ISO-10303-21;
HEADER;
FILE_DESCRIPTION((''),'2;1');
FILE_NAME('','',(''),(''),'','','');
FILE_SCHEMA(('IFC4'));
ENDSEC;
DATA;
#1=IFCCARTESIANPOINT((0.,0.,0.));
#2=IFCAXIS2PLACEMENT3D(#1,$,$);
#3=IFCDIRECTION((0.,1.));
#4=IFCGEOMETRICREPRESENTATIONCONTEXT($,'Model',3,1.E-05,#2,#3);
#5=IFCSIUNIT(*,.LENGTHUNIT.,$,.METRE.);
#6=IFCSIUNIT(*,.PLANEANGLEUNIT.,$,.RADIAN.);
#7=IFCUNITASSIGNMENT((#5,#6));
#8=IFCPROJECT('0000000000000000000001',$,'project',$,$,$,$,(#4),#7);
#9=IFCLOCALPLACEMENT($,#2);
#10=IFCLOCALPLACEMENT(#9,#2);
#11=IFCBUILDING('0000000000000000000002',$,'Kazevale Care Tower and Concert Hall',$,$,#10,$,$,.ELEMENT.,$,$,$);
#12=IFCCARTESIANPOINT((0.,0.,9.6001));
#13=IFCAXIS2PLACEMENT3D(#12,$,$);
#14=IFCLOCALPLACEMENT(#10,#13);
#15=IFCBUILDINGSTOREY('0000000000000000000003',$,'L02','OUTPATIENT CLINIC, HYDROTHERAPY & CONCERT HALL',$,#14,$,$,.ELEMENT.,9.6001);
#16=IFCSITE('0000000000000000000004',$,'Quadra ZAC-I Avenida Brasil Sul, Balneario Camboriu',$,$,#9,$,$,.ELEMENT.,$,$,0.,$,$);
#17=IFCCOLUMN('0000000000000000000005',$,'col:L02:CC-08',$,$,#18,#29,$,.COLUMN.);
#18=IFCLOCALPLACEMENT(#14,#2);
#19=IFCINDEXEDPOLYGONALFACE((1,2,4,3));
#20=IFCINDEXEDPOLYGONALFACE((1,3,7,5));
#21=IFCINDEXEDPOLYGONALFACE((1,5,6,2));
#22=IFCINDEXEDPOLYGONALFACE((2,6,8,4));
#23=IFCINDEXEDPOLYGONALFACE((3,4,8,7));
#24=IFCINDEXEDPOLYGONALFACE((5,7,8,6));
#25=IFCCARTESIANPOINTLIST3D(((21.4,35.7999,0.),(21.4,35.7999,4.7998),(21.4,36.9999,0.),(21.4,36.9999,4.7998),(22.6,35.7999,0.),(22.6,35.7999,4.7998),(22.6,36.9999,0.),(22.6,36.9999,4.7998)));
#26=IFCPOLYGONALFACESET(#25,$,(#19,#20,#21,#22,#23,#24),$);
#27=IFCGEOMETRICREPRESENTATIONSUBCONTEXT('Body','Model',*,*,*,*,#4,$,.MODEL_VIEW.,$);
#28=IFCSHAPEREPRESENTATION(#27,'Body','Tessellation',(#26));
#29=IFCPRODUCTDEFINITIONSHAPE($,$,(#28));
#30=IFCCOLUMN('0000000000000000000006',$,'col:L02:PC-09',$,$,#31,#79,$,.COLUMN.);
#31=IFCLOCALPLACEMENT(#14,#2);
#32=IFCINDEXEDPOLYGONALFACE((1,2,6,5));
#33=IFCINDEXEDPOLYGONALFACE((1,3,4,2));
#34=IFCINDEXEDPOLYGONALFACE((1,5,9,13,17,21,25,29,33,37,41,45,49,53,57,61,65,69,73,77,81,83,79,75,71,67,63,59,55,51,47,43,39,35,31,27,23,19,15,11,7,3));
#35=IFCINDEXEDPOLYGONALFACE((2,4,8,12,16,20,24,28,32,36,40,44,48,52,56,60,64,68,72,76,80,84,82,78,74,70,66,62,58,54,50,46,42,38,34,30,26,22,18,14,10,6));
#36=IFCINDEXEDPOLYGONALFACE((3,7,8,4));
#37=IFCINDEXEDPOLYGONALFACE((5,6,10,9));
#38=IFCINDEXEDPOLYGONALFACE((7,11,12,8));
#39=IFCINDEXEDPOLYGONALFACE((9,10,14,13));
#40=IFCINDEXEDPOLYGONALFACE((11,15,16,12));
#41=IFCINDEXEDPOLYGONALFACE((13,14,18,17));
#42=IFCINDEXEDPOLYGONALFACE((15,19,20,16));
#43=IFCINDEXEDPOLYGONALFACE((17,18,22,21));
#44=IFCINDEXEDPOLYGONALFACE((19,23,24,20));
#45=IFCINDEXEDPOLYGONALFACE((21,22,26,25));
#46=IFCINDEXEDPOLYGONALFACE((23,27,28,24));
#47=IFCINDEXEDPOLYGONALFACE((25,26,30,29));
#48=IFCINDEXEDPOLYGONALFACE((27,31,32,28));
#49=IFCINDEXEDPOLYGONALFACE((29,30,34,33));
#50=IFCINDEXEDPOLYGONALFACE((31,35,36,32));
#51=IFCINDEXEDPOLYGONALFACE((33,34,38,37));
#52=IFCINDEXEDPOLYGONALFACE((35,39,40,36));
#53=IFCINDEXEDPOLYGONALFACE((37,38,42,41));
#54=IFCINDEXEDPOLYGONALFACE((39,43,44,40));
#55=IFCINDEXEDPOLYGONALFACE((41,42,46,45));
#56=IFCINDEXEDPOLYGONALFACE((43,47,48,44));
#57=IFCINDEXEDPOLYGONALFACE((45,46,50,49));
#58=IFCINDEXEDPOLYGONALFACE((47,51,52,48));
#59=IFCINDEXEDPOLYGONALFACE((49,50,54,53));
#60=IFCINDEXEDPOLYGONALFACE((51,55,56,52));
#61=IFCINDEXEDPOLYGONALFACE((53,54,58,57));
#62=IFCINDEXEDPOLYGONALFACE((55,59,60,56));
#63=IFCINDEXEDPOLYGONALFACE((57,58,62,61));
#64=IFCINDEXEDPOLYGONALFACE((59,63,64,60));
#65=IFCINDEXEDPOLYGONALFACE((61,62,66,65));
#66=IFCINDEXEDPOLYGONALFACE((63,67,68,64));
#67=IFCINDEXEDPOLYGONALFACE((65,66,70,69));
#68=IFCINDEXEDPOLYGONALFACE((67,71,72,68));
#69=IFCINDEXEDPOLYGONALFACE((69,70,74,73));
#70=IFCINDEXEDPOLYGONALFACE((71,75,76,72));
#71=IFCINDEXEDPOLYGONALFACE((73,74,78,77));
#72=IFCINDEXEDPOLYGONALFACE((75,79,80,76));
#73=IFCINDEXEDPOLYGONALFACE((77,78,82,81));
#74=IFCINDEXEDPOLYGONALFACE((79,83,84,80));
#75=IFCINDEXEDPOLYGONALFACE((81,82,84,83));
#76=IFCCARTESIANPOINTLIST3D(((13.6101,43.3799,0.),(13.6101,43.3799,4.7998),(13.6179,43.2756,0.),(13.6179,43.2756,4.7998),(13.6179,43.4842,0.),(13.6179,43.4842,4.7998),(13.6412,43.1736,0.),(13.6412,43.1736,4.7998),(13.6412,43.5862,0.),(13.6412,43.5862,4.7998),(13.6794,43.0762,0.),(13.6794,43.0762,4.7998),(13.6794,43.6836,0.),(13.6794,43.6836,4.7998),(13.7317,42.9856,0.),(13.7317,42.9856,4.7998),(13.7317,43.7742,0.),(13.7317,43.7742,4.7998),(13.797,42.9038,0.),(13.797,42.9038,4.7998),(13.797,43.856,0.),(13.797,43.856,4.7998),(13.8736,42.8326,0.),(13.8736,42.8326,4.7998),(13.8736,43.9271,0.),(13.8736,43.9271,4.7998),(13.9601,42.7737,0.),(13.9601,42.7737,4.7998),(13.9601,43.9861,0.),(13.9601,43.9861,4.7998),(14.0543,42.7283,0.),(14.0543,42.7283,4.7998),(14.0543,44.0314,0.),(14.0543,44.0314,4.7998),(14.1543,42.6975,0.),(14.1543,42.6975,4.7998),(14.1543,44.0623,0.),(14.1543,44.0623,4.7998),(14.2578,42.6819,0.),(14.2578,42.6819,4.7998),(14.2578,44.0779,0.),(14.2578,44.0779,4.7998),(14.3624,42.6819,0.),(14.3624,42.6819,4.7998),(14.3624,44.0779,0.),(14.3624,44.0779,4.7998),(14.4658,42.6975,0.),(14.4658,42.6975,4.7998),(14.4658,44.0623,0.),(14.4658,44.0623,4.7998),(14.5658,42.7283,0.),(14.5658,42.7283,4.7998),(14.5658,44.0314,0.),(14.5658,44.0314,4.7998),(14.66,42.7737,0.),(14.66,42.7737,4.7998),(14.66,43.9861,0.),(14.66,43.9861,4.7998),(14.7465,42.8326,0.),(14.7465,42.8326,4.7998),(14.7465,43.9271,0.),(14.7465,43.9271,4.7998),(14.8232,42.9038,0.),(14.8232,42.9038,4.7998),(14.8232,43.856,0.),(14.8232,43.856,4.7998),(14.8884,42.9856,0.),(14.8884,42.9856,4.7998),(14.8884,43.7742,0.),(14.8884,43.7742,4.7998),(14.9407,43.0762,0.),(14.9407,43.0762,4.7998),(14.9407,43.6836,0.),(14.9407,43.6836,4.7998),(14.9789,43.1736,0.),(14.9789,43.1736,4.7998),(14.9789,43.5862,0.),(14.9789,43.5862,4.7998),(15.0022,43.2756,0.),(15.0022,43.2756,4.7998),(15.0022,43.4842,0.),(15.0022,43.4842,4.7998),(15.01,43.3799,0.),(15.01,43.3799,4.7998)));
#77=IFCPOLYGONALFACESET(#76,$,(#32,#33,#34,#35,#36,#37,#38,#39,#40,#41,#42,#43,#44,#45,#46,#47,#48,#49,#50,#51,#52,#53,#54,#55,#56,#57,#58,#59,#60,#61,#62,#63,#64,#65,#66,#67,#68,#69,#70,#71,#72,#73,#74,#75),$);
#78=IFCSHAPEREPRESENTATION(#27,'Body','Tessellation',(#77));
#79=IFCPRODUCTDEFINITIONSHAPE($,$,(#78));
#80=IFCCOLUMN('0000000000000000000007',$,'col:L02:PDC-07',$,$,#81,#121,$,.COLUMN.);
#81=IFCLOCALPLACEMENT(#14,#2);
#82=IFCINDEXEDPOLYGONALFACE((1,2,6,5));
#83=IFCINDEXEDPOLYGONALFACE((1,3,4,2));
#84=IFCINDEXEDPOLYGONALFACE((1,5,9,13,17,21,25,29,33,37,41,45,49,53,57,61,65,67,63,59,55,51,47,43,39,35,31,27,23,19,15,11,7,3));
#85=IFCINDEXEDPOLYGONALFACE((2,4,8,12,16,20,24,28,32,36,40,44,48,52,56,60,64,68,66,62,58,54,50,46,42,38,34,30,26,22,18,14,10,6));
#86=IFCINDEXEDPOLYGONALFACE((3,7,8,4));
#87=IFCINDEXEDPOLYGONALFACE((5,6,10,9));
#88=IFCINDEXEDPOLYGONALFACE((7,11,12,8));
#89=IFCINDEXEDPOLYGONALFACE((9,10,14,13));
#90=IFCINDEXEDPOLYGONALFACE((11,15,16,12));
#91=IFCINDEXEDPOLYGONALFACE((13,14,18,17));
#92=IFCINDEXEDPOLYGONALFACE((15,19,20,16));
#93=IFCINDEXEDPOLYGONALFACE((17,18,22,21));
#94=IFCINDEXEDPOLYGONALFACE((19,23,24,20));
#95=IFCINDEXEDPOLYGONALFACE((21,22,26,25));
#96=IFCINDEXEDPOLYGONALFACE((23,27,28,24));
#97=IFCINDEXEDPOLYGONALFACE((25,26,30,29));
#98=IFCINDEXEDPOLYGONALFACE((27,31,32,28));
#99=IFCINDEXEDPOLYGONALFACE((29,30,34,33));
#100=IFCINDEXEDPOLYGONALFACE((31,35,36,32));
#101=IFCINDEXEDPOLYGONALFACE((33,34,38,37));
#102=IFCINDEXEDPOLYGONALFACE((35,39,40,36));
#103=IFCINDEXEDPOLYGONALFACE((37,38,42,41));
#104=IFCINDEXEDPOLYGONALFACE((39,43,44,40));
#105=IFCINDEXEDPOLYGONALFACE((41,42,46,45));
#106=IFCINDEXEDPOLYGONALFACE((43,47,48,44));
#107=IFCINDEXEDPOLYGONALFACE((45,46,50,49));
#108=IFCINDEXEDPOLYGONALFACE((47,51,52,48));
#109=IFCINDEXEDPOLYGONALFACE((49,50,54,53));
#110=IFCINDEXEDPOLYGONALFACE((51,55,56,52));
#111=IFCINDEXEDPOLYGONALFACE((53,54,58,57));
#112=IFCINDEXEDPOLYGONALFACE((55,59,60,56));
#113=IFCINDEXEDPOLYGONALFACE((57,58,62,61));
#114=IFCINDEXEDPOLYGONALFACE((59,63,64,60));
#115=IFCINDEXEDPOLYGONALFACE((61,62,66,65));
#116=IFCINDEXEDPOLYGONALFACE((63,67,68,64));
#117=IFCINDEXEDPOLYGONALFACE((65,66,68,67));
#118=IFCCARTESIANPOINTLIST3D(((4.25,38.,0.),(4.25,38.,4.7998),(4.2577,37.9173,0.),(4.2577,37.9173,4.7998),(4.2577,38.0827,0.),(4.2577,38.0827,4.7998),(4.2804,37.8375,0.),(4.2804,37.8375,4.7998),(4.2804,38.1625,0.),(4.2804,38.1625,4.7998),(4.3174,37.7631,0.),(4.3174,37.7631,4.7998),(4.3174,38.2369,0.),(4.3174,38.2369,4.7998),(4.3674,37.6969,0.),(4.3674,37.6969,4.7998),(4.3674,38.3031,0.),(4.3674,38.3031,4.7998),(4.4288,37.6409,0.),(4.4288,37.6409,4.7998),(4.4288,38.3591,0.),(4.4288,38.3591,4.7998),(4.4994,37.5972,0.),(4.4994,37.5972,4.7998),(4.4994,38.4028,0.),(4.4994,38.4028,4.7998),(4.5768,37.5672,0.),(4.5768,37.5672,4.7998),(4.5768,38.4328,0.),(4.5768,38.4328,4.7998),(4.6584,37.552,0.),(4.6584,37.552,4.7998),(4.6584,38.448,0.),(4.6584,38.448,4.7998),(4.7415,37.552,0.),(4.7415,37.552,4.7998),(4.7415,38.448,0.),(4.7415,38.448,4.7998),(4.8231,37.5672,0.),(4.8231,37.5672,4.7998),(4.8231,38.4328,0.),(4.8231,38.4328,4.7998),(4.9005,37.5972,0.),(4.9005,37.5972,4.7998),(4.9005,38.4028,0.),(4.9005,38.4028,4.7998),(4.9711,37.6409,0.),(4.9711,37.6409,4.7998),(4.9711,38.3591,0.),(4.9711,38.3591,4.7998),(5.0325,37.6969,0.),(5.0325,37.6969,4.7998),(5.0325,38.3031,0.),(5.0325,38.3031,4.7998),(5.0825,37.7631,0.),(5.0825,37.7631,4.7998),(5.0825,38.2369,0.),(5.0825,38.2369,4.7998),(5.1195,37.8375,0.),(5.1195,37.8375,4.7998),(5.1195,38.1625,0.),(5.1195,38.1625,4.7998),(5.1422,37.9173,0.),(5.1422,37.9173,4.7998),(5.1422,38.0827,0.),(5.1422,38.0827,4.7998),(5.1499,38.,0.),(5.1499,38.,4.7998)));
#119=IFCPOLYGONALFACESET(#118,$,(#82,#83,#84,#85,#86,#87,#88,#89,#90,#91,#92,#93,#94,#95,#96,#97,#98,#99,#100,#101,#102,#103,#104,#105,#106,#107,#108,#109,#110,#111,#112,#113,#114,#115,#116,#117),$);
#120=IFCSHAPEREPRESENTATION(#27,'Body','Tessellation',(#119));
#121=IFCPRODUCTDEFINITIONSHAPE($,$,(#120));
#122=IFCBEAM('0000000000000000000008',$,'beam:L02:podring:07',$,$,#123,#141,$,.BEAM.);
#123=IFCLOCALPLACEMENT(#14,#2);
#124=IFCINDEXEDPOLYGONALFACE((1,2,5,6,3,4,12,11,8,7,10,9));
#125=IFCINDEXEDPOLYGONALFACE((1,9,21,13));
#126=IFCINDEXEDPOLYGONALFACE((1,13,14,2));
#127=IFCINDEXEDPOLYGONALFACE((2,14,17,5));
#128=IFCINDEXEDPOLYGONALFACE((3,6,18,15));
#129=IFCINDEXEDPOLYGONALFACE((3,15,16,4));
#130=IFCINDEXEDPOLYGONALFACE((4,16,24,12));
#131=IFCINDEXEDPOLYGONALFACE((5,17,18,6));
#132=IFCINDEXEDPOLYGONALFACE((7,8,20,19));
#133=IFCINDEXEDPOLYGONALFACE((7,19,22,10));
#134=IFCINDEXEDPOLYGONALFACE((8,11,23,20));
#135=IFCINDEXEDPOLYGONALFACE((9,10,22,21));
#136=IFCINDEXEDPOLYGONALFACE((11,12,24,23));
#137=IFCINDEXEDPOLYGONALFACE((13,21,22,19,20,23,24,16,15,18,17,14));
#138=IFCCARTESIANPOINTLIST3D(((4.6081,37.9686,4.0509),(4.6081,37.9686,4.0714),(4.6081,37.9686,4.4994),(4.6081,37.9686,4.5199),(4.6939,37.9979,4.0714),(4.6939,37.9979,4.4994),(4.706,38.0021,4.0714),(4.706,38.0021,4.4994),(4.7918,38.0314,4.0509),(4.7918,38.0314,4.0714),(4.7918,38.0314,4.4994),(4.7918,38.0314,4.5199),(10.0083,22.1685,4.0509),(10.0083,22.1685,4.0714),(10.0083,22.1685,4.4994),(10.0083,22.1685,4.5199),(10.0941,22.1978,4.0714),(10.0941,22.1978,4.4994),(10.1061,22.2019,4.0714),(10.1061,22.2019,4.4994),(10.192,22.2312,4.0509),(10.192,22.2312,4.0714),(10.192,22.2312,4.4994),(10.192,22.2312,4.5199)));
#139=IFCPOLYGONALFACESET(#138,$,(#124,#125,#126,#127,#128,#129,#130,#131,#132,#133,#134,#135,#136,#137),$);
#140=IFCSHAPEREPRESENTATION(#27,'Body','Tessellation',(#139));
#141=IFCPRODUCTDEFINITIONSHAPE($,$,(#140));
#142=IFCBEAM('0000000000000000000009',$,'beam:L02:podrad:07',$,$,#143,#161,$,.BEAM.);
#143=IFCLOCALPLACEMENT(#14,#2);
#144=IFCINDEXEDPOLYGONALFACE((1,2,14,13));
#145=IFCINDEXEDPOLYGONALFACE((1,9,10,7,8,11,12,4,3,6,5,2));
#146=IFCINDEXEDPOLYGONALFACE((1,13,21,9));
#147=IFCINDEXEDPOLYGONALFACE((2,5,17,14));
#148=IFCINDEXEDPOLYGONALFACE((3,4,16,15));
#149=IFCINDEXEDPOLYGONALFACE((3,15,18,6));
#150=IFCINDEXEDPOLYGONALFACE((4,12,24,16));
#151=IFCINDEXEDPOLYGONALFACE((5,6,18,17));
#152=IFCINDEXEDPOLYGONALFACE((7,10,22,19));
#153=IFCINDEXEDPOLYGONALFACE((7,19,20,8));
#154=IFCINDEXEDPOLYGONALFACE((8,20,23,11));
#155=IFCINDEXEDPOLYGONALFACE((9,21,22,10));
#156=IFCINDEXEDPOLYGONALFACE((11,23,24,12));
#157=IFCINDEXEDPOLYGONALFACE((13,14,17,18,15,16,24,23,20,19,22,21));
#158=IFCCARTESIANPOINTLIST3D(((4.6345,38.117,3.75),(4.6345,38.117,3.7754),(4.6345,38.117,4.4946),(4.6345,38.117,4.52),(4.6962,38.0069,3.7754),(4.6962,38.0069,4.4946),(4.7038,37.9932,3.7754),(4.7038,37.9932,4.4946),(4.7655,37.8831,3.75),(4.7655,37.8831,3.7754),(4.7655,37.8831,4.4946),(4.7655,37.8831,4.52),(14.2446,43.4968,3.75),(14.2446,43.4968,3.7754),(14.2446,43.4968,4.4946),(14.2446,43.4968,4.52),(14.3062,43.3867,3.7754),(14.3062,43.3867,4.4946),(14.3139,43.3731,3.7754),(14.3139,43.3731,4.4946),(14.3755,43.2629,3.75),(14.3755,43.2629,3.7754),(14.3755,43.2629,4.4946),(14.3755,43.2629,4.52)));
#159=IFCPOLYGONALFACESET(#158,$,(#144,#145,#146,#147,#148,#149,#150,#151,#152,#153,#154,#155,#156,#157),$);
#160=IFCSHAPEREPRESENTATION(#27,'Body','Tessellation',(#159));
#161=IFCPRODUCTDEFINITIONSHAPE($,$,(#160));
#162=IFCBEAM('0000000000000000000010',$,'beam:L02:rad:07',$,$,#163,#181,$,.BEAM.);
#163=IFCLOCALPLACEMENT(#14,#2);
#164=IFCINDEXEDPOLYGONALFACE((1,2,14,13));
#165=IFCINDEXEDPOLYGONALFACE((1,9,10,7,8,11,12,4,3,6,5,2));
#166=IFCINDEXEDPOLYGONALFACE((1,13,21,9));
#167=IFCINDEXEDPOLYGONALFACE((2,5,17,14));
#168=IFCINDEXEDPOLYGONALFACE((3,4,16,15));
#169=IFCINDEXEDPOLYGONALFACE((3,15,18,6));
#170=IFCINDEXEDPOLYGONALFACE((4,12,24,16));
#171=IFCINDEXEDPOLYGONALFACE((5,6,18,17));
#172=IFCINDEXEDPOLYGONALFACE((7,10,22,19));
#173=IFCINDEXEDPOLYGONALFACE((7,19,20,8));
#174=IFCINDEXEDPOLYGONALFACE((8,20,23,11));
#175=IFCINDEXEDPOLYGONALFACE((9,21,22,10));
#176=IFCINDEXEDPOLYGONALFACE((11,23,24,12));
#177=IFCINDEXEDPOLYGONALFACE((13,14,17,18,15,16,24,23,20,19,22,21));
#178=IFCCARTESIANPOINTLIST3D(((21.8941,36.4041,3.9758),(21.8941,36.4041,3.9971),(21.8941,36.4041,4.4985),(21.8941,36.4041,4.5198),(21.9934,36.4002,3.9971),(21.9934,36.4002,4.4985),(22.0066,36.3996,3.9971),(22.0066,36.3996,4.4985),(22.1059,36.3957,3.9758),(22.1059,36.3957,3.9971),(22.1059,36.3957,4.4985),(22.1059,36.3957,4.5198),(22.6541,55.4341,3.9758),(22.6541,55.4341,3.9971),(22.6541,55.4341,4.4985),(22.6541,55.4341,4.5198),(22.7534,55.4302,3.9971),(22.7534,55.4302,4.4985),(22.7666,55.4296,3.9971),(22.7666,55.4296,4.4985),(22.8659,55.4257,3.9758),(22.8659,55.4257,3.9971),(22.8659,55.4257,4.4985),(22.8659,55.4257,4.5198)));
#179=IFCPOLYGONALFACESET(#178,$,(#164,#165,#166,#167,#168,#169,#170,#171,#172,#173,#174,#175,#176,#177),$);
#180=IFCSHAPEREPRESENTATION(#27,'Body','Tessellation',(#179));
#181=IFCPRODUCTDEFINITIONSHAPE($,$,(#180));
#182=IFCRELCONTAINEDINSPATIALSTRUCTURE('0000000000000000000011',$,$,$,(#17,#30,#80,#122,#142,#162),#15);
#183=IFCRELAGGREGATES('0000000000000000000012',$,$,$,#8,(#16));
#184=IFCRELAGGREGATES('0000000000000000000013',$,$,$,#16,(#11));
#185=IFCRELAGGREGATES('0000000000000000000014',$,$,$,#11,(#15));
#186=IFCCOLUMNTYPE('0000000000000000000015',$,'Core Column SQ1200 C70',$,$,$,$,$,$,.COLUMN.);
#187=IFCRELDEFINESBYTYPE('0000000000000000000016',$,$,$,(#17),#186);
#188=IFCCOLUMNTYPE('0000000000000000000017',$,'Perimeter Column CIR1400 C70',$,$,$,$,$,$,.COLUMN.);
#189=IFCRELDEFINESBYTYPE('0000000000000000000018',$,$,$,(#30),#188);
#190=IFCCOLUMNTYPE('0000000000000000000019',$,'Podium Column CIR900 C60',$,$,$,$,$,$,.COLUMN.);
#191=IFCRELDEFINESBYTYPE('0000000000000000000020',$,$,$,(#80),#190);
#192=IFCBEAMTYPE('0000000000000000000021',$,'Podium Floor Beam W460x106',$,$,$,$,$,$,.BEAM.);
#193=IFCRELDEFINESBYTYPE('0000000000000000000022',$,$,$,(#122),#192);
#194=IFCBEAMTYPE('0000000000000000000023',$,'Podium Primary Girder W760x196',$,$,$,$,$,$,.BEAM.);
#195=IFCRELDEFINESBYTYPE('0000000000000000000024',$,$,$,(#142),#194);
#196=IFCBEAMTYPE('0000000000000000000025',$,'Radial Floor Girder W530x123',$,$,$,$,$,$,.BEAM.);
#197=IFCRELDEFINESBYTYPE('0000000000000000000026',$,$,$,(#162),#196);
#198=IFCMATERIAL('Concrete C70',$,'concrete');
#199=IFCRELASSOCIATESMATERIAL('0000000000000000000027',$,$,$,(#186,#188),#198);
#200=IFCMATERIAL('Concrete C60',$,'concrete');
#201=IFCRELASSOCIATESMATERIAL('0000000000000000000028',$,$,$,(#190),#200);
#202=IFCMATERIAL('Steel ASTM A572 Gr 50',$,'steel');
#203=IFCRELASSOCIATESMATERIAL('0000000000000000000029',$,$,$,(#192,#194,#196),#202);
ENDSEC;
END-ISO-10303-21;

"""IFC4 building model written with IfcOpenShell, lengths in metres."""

from ifc_helpers import new_model, si_unit, direction, frame, origin, origin_2d, place, context, subcontext, project, spatial, rectangle, circle, i_section, extrude, material, material_profile, profile_set, type_object, element, save


model = new_model("IFC4")

# Units and contexts
model_context = context("Model", 3, precision=1e-05, world=origin(), true_north=direction((0.0, 1.0)))
body_context = subcontext(model_context, "Body", "Model", "MODEL_VIEW")
ifc_project = project(units=[si_unit("LENGTHUNIT", "METRE"), si_unit("PLANEANGLEUNIT", "RADIAN")], contexts=[model_context])

# Site, building, storey
site_placement = place(None, origin())
site = spatial("IfcSite", under=ifc_project, at=site_placement, Name="Quadra ZAC-I Avenida Brasil Sul, Balneario Camboriu", CompositionType="ELEMENT", RefElevation=0.0)
building_placement = place(site_placement, origin())
building = spatial("IfcBuilding", under=site, at=building_placement, Name="Kazevale Care Tower and Concert Hall", CompositionType="ELEMENT")
storey_placement = place(building_placement, frame((0.0, 0.0, 9.6001)))
storey = spatial("IfcBuildingStorey", under=building, at=storey_placement, Name="L02", Description="OUTPATIENT CLINIC, HYDROTHERAPY & CONCERT HALL", CompositionType="ELEMENT", Elevation=9.6001)

# Columns
ifc_material_1 = material(Name="Concrete C70", Category="concrete")
ifc_material_profile_1 = material_profile(ifc_material_1, rectangle(XDim=1.2, YDim=1.2, at=origin_2d()), Name="RC-SQ1200")
ifc_profile_set_1 = profile_set([ifc_material_profile_1], Name="Concrete C70")
column_type_1 = type_object("IfcColumnType", Name="Core Column SQ1200 C70", PredefinedType="COLUMN", material=ifc_profile_set_1)
column_1_placement = place(storey_placement, frame((22.0, 36.3999, 0.0), z_axis=(0.0, 0.0, 1.0), x_axis=(1.0, 0.0, 0.0)))
element("IfcColumn", 1, at=column_1_placement, inside=storey, type_object=column_type_1, Name="col:L02:CC-08", PredefinedType="COLUMN", context=body_context, shape_type="SweptSolid", body=[
    extrude(rectangle(XDim=1.2, YDim=1.2, at=origin_2d()), origin(), (0.0, 0.0, 1.0), 4.7998),
])
ifc_material_profile_2 = material_profile(ifc_material_1, circle(Radius=0.7, at=origin_2d()), Name="RC-CIR1400")
ifc_profile_set_2 = profile_set([ifc_material_profile_2], Name="Concrete C70")
column_type_2 = type_object("IfcColumnType", Name="Perimeter Column CIR1400 C70", PredefinedType="COLUMN", material=ifc_profile_set_2)
column_2_placement = place(storey_placement, frame((14.3101, 43.3799, 0.0), z_axis=(0.0, 0.0, 1.0), x_axis=(1.0, 0.0, 0.0)))
element("IfcColumn", 2, at=column_2_placement, inside=storey, type_object=column_type_2, Name="col:L02:PC-09", PredefinedType="COLUMN", context=body_context, shape_type="SweptSolid", body=[
    extrude(circle(Radius=0.7, at=origin_2d()), origin(), (0.0, 0.0, 1.0), 4.7998),
])
ifc_material_2 = material(Name="Concrete C60", Category="concrete")
ifc_material_profile_3 = material_profile(ifc_material_2, circle(Radius=0.45, at=origin_2d()), Name="RC-CIR900")
ifc_profile_set_3 = profile_set([ifc_material_profile_3], Name="Concrete C60")
column_type_3 = type_object("IfcColumnType", Name="Podium Column CIR900 C60", PredefinedType="COLUMN", material=ifc_profile_set_3)
column_3_placement = place(storey_placement, frame((4.7, 38.0, 0.0), z_axis=(0.0, 0.0, 1.0), x_axis=(1.0, 0.0, 0.0)))
element("IfcColumn", 3, at=column_3_placement, inside=storey, type_object=column_type_3, Name="col:L02:PDC-07", PredefinedType="COLUMN", context=body_context, shape_type="SweptSolid", body=[
    extrude(circle(Radius=0.45, at=origin_2d()), origin(), (0.0, 0.0, 1.0), 4.7998),
])

# Beams
ifc_material_3 = material(Name="Steel ASTM A572 Gr 50", Category="steel")
ifc_material_profile_4 = material_profile(ifc_material_3, i_section(OverallWidth=0.1941, OverallDepth=0.469, WebThickness=0.0127, FlangeThickness=0.0205, at=origin_2d()), Name="W460x106")
ifc_profile_set_4 = profile_set([ifc_material_profile_4], Name="Steel ASTM A572 Gr 50")
beam_type_1 = type_object("IfcBeamType", Name="Podium Floor Beam W460x106", PredefinedType="BEAM", material=ifc_profile_set_4)
beam_1_placement = place(storey_placement, frame((4.7, 38.0, 4.2854), z_axis=(0.323412, -0.946258, 0.0), x_axis=(0.946258, 0.323412, 0.0)))
element("IfcBeam", 4, at=beam_1_placement, inside=storey, type_object=beam_type_1, Name="beam:L02:podring:07", PredefinedType="BEAM", context=body_context, shape_type="SweptSolid", body=[
    extrude(i_section(OverallWidth=0.1941, OverallDepth=0.469, WebThickness=0.0127, FlangeThickness=0.0205, at=origin_2d()), origin(), (0.0, 0.0, 1.0), 16.6975),
])
ifc_material_profile_5 = material_profile(ifc_material_3, i_section(OverallWidth=0.2681, OverallDepth=0.77, WebThickness=0.0156, FlangeThickness=0.0254, at=origin_2d()), Name="W760x196")
ifc_profile_set_5 = profile_set([ifc_material_profile_5], Name="Steel ASTM A572 Gr 50")
beam_type_2 = type_object("IfcBeamType", Name="Podium Primary Girder W760x196", PredefinedType="BEAM", material=ifc_profile_set_5)
beam_2_placement = place(storey_placement, frame((14.3101, 43.3799, 4.135), z_axis=(-0.872575, -0.488481, 0.0), x_axis=(0.488481, -0.872575, 0.0)))
element("IfcBeam", 5, at=beam_2_placement, inside=storey, type_object=beam_type_2, Name="beam:L02:podrad:07", PredefinedType="BEAM", context=body_context, shape_type="SweptSolid", body=[
    extrude(i_section(OverallWidth=0.2681, OverallDepth=0.77, WebThickness=0.0156, FlangeThickness=0.0254, at=origin_2d()), origin(), (0.0, 0.0, 1.0), 11.0134),
])
ifc_material_profile_6 = material_profile(ifc_material_3, i_section(OverallWidth=0.2119, OverallDepth=0.5439, WebThickness=0.0132, FlangeThickness=0.0212, at=origin_2d()), Name="W530x123")
ifc_profile_set_6 = profile_set([ifc_material_profile_6], Name="Steel ASTM A572 Gr 50")
beam_type_3 = type_object("IfcBeamType", Name="Radial Floor Girder W530x123", PredefinedType="BEAM", material=ifc_profile_set_6)
beam_3_placement = place(storey_placement, frame((22.0, 36.3999, 4.2478), z_axis=(0.039906, 0.999203, 0.0), x_axis=(-0.999203, 0.039906, 0.0)))
element("IfcBeam", 6, at=beam_3_placement, inside=storey, type_object=beam_type_3, Name="beam:L02:rad:07", PredefinedType="BEAM", context=body_context, shape_type="SweptSolid", body=[
    extrude(i_section(OverallWidth=0.2119, OverallDepth=0.5439, WebThickness=0.0132, FlangeThickness=0.0212, at=origin_2d()), origin(), (0.0, 0.0, 1.0), 19.0452),
])

save(model, "model.ifc")
